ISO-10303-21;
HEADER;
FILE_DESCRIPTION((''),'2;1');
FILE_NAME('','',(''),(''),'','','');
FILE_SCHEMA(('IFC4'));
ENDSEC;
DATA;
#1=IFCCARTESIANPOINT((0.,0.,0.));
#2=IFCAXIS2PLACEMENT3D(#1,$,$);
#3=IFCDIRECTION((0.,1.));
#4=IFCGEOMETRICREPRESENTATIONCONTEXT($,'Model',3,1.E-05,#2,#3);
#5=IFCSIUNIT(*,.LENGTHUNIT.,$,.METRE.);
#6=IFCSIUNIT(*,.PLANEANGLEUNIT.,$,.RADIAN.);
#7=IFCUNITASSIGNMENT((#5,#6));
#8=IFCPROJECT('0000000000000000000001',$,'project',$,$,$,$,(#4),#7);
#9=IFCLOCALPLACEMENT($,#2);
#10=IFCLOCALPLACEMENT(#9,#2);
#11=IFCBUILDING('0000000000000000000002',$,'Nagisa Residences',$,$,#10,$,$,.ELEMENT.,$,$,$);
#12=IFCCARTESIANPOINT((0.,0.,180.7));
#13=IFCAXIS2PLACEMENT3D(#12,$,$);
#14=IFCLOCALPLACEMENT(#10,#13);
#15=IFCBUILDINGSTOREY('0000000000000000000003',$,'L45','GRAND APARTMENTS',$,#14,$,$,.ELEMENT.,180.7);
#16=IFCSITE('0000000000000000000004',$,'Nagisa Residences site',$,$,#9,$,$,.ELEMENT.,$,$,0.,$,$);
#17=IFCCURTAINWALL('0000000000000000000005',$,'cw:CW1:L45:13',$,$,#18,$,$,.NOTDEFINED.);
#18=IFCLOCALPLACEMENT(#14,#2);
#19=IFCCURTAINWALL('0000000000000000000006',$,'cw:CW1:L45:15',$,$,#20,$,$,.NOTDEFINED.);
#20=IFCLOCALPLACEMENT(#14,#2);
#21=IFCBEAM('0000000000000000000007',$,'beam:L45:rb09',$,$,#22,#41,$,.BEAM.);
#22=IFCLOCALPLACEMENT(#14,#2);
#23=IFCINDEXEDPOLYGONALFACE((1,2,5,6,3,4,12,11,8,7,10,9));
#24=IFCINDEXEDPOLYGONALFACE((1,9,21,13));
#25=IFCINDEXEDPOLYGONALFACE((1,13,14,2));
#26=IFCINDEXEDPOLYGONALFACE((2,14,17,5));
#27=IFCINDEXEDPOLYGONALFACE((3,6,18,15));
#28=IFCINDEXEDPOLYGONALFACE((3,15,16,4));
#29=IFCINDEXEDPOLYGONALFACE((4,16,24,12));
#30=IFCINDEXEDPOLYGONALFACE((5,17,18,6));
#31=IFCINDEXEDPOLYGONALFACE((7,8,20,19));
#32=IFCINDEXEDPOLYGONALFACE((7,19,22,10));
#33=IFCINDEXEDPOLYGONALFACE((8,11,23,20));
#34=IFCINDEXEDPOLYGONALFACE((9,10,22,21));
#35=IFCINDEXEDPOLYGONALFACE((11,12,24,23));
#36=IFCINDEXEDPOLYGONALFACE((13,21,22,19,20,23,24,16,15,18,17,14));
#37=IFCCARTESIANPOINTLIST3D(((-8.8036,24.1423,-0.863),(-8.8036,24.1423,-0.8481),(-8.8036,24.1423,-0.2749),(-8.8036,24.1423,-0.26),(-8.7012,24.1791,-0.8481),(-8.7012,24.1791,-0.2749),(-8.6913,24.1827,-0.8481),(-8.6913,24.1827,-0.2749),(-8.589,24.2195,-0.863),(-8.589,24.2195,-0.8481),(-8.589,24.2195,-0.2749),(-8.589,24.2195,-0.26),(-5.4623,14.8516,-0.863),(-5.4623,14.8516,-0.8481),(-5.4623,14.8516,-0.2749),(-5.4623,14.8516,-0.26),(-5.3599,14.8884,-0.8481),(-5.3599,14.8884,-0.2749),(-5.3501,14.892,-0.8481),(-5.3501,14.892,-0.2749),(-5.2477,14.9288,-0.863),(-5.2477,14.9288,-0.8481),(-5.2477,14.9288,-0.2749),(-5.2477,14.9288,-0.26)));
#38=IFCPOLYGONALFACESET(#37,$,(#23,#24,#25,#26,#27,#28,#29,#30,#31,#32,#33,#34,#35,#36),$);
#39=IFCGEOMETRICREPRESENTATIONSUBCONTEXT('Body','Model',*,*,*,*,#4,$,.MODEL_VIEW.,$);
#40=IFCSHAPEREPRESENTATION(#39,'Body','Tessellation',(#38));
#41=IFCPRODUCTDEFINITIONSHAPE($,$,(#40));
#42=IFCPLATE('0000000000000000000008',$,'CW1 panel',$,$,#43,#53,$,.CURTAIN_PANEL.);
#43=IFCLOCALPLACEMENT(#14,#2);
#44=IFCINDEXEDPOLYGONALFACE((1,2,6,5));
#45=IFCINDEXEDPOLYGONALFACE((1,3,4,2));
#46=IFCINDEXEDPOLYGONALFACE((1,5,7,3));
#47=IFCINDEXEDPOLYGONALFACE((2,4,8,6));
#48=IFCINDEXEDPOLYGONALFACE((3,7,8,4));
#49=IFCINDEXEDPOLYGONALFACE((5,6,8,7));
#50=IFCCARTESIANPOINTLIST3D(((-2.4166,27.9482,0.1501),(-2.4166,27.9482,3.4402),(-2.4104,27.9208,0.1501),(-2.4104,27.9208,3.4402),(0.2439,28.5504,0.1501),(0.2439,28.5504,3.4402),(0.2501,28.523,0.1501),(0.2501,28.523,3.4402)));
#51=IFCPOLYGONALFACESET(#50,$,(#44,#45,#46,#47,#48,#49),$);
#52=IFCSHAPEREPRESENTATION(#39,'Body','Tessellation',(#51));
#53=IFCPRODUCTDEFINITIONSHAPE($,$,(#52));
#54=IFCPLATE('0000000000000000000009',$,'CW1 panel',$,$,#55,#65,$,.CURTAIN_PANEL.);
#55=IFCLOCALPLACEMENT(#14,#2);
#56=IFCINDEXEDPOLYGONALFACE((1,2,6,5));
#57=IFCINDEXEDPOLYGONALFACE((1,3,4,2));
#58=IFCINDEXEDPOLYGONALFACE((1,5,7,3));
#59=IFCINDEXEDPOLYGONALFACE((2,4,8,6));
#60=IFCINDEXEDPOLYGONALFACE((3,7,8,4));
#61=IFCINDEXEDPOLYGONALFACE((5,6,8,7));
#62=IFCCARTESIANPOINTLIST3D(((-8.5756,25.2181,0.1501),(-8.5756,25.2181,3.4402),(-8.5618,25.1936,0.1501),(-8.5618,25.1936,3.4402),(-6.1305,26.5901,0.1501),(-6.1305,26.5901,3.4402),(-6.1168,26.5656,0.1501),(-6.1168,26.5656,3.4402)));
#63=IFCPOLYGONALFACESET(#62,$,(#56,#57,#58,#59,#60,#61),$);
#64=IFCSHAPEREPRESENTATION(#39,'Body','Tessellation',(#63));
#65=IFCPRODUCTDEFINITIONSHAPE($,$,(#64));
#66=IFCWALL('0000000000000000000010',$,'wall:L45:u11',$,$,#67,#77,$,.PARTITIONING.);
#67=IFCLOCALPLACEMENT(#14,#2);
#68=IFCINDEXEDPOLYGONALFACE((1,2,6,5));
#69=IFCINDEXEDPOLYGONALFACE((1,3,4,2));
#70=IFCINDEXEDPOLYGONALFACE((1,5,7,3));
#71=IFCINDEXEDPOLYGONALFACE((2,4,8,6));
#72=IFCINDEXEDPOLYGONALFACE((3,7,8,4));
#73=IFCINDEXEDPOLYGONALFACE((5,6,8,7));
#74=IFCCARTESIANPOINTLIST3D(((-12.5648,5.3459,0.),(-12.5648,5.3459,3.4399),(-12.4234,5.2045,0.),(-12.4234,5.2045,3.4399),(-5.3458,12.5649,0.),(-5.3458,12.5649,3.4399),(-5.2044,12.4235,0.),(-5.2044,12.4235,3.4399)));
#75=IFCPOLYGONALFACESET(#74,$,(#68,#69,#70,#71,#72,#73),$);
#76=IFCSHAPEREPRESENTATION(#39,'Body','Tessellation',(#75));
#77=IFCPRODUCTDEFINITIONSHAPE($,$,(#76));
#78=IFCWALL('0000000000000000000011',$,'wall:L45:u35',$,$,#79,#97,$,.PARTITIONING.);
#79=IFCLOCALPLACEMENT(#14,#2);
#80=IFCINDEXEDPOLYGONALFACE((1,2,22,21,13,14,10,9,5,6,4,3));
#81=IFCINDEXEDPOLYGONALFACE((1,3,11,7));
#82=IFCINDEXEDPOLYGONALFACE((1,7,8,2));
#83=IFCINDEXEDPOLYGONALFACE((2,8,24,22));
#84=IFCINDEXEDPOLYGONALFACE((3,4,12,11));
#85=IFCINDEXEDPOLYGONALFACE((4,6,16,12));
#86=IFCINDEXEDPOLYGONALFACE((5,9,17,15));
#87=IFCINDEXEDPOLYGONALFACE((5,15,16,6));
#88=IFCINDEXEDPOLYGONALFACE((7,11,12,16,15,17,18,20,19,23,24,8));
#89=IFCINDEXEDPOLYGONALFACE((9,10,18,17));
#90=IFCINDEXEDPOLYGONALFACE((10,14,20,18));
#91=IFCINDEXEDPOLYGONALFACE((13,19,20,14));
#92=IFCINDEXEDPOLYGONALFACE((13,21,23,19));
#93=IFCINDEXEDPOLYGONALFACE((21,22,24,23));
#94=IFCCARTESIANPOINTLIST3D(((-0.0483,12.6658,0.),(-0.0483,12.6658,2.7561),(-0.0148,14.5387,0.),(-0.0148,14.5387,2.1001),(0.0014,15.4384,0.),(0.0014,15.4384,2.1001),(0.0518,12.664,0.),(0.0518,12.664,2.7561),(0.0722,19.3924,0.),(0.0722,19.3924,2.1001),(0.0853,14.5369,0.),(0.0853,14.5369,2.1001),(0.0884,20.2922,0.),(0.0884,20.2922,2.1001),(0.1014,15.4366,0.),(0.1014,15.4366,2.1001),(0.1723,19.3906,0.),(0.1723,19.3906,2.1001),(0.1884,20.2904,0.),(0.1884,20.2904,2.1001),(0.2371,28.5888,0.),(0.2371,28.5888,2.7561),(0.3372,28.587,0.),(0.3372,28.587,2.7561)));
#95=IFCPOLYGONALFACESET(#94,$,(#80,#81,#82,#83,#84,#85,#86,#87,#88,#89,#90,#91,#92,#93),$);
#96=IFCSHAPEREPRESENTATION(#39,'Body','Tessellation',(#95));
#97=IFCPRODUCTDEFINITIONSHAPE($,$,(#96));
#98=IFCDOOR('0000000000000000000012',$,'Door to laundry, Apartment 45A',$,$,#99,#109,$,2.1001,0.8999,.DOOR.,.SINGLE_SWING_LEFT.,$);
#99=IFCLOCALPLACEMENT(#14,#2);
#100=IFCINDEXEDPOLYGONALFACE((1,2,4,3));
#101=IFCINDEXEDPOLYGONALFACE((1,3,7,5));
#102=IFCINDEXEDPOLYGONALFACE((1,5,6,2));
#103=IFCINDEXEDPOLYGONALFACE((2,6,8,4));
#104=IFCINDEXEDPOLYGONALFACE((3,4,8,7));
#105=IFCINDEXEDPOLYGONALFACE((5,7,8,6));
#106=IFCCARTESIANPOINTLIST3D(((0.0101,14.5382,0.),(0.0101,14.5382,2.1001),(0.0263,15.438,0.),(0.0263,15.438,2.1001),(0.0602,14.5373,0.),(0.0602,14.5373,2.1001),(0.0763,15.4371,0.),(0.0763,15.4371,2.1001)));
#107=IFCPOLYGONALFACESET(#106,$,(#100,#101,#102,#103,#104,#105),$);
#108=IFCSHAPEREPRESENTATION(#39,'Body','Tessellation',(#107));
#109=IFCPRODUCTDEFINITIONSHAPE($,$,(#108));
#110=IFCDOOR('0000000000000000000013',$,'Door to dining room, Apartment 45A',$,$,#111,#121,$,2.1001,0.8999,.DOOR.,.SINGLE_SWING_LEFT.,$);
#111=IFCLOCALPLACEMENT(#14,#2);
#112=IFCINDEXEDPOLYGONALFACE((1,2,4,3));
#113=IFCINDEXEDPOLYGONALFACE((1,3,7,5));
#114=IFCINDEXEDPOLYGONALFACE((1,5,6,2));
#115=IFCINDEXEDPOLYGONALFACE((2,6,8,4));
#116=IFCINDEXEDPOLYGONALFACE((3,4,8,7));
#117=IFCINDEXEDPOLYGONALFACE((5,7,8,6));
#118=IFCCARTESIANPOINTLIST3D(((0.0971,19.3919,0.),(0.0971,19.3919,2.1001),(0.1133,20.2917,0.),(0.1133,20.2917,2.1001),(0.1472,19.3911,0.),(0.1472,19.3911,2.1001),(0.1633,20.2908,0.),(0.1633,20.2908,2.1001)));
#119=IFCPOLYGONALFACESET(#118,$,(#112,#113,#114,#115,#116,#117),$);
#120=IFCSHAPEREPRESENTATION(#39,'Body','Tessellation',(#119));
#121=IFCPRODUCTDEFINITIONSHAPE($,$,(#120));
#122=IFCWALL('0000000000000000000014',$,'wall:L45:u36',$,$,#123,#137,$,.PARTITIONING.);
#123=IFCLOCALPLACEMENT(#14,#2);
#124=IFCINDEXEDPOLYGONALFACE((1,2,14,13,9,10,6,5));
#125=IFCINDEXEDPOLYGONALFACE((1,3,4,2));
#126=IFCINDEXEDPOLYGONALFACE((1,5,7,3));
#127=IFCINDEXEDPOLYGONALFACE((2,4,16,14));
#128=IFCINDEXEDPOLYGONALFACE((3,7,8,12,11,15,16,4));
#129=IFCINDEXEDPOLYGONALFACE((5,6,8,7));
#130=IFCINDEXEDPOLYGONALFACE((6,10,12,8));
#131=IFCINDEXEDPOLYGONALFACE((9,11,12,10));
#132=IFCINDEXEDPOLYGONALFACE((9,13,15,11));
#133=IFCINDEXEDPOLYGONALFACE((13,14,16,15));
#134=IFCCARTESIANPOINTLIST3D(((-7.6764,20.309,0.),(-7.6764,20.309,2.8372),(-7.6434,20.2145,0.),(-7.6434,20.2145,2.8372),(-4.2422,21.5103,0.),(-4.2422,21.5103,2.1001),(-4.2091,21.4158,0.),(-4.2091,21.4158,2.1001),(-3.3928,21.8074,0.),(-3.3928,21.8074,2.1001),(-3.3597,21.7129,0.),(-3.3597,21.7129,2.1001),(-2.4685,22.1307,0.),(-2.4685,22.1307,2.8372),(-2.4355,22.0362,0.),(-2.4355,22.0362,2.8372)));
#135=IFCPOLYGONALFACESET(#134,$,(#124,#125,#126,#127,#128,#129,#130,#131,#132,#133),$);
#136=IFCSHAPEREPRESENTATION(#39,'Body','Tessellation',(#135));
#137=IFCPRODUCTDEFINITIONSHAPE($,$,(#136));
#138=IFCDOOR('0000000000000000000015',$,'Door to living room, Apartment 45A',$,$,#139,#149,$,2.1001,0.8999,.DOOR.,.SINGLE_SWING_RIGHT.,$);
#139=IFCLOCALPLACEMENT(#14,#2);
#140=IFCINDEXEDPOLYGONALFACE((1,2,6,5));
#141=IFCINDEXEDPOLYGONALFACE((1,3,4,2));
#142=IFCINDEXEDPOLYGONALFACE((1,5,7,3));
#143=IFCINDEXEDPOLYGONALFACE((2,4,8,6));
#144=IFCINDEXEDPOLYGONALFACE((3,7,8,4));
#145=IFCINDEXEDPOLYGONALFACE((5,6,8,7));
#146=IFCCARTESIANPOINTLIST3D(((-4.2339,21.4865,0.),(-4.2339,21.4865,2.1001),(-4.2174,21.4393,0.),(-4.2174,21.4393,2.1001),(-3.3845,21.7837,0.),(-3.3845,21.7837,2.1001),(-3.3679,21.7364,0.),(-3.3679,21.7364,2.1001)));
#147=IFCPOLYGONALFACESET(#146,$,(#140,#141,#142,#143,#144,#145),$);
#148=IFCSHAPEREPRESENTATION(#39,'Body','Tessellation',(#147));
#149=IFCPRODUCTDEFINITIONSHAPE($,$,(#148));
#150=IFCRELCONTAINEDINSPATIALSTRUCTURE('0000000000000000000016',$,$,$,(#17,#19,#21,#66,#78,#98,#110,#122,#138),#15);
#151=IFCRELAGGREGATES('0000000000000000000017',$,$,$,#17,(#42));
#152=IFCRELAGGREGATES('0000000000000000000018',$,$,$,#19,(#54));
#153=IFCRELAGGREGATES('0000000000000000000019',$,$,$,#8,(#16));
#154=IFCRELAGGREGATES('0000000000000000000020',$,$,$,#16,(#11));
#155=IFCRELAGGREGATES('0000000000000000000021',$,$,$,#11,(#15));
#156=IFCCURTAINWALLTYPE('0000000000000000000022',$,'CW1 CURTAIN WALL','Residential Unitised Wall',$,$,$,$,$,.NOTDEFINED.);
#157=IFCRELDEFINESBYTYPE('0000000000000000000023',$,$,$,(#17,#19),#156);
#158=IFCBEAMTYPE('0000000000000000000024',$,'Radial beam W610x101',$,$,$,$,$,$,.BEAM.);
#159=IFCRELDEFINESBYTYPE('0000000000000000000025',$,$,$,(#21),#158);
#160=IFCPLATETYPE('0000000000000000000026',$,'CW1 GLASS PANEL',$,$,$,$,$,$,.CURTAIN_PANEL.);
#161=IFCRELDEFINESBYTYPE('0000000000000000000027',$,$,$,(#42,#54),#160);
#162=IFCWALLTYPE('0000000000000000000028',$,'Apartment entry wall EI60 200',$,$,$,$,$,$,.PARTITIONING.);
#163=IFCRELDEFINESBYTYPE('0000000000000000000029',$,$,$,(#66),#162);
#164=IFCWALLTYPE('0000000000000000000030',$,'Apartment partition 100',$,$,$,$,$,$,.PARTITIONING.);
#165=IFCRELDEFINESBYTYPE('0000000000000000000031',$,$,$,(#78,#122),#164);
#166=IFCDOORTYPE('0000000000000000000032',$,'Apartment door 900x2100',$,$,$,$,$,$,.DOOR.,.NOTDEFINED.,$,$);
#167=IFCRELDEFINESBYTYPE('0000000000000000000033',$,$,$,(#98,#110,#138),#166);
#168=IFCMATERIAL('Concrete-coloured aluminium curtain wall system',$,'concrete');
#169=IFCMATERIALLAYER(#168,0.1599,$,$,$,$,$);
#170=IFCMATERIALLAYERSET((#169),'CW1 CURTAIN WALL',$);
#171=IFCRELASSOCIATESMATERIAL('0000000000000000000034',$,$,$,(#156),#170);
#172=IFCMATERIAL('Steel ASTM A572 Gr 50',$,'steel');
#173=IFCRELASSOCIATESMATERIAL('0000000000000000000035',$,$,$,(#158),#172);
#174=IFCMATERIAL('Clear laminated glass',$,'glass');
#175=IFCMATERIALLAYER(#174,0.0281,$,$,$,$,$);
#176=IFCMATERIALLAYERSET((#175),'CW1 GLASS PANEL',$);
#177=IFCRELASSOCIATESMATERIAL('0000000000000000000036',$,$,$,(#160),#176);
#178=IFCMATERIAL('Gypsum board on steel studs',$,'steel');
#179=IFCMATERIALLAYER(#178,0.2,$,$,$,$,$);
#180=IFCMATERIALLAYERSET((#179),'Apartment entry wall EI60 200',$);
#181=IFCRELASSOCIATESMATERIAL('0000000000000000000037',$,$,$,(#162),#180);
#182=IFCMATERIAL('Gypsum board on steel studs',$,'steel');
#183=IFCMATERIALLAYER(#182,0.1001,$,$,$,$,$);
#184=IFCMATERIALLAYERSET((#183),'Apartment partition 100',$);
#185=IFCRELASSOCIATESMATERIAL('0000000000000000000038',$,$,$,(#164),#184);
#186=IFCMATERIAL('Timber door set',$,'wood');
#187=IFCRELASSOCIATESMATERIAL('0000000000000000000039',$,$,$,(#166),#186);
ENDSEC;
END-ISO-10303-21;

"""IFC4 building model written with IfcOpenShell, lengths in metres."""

from ifc_helpers import new_model, si_unit, direction, frame, frame_2d, origin, origin_2d, place, context, subcontext, project, spatial, rectangle, i_section, extrude, material, layer, layer_set, material_profile, profile_set, type_object, element, fill, aggregate, save


model = new_model("IFC4")

# Units and contexts
model_context = context("Model", 3, precision=1e-05, world=origin(), true_north=direction((0.0, 1.0)))
body_context = subcontext(model_context, "Body", "Model", "MODEL_VIEW")
ifc_project = project(units=[si_unit("LENGTHUNIT", "METRE"), si_unit("PLANEANGLEUNIT", "RADIAN")], contexts=[model_context])

# Site, building, storey
site_placement = place(None, origin())
site = spatial("IfcSite", under=ifc_project, at=site_placement, Name="Nagisa Residences site", CompositionType="ELEMENT", RefElevation=0.0)
building_placement = place(site_placement, origin())
building = spatial("IfcBuilding", under=site, at=building_placement, Name="Nagisa Residences", CompositionType="ELEMENT")
storey_placement = place(building_placement, frame((0.0, 0.0, 180.7)))
storey = spatial("IfcBuildingStorey", under=building, at=storey_placement, Name="L45", Description="GRAND APARTMENTS", CompositionType="ELEMENT", Elevation=180.7)

# Curtain wall
ifc_material_1 = material(Name="Concrete-coloured aluminium curtain wall system", Category="concrete")
ifc_layer_1 = layer(ifc_material_1, 0.1599)
ifc_layer_set_1 = layer_set([ifc_layer_1], Name="CW1 CURTAIN WALL")
curtain_wall_type = type_object("IfcCurtainWallType", Name="CW1 CURTAIN WALL", Description="Residential Unitised Wall", PredefinedType="NOTDEFINED", material=ifc_layer_set_1)
curtain_wall_1_placement = place(storey_placement, origin())
curtain_wall_1 = element("IfcCurtainWall", 1, at=curtain_wall_1_placement, inside=storey, type_object=curtain_wall_type, Name="cw:CW1:L45:13", PredefinedType="NOTDEFINED")

# Curtain wall
curtain_wall_2_placement = place(storey_placement, origin())
curtain_wall_2 = element("IfcCurtainWall", 2, at=curtain_wall_2_placement, inside=storey, type_object=curtain_wall_type, Name="cw:CW1:L45:15", PredefinedType="NOTDEFINED")

# Beam
ifc_material_2 = material(Name="Steel ASTM A572 Gr 50", Category="steel")
ifc_material_profile_1 = material_profile(ifc_material_2, i_section(OverallWidth=0.228, OverallDepth=0.603, WebThickness=0.0105, FlangeThickness=0.0149, at=origin_2d()), Name="W610x101")
ifc_profile_set_1 = profile_set([ifc_material_profile_1], Name="Steel ASTM A572 Gr 50")
beam_type_1 = type_object("IfcBeamType", Name="Radial beam W610x101", PredefinedType="BEAM", material=ifc_profile_set_1)
beam_1_placement = place(storey_placement, frame((-8.6963, 24.1809, -0.5615), z_axis=(0.338417, -0.940996, 0.0), x_axis=(0.940996, 0.338417, 0.0)))
element("IfcBeam", 3, at=beam_1_placement, inside=storey, type_object=beam_type_1, Name="beam:L45:rb09", PredefinedType="BEAM", context=body_context, shape_type="SweptSolid", body=[
    extrude(i_section(OverallWidth=0.228, OverallDepth=0.603, WebThickness=0.0105, FlangeThickness=0.0149, at=origin_2d()), origin(), (0.0, 0.0, 1.0), 9.8733),
])

# Plates
ifc_material_3 = material(Name="Clear laminated glass", Category="glass")
ifc_layer_2 = layer(ifc_material_3, 0.0281)
ifc_layer_set_2 = layer_set([ifc_layer_2], Name="CW1 GLASS PANEL")
plate_type = type_object("IfcPlateType", Name="CW1 GLASS PANEL", PredefinedType="CURTAIN_PANEL", material=ifc_layer_set_2)
plate_1_placement = place(storey_placement, frame((-1.0833, 28.2356, 0.1501), z_axis=(0.0, 0.0, 1.0), x_axis=(-0.975327, -0.220764, 0.0)))
plate_1 = element("IfcPlate", 4, at=plate_1_placement, type_object=plate_type, Name="CW1 panel", PredefinedType="CURTAIN_PANEL", context=body_context, shape_type="SweptSolid", body=[
    extrude(rectangle(XDim=2.7278, YDim=0.0281, at=origin_2d()), origin(), (0.0, 0.0, 1.0), 3.29),
])
aggregate(curtain_wall_1, [plate_1])
plate_2_placement = place(storey_placement, frame((-7.3462, 25.8918, 0.1501), z_axis=(0.0, 0.0, 1.0), x_axis=(-0.872072, -0.489377, 0.0)))
plate_2 = element("IfcPlate", 5, at=plate_2_placement, type_object=plate_type, Name="CW1 panel", PredefinedType="CURTAIN_PANEL", context=body_context, shape_type="SweptSolid", body=[
    extrude(rectangle(XDim=2.8037, YDim=0.0281, at=origin_2d()), origin(), (0.0, 0.0, 1.0), 3.29),
])
aggregate(curtain_wall_2, [plate_2])

# Wall
ifc_material_4 = material(Name="Gypsum board on steel studs", Category="steel")
ifc_layer_3 = layer(ifc_material_4, 0.2)
ifc_layer_set_3 = layer_set([ifc_layer_3], Name="Apartment entry wall EI60 200")
wall_type_1 = type_object("IfcWallType", Name="Apartment entry wall EI60 200", PredefinedType="PARTITIONING", material=ifc_layer_set_3)
wall_1_placement = place(storey_placement, frame((-5.2751, 12.4941, 0.0), z_axis=(0.0, 0.0, 1.0), x_axis=(-0.707107, -0.707107, 0.0)))
element("IfcWall", 6, at=wall_1_placement, inside=storey, type_object=wall_type_1, Name="wall:L45:u11", PredefinedType="PARTITIONING", context=body_context, shape_type="SweptSolid", body=[
    extrude(rectangle(XDim=10.2092, YDim=0.2, at=frame_2d((5.1045, 0.0))), origin(), (0.0, 0.0, 1.0), 3.4399),
])

# Wall, openings, doors
ifc_material_5 = material(Name="Gypsum board on steel studs", Category="steel")
ifc_layer_4 = layer(ifc_material_5, 0.1001)
ifc_layer_set_4 = layer_set([ifc_layer_4], Name="Apartment partition 100")
wall_type_2 = type_object("IfcWallType", Name="Apartment partition 100", PredefinedType="PARTITIONING", material=ifc_layer_set_4)
wall_2_placement = place(storey_placement, frame((0.0017, 12.6648, 0.0), z_axis=(0.0, 0.0, 1.0), x_axis=(0.017921, 0.999839, 0.0)))
wall_2 = element("IfcWall", 7, at=wall_2_placement, inside=storey, type_object=wall_type_2, Name="wall:L45:u35", PredefinedType="PARTITIONING", context=body_context, shape_type="SweptSolid", body=[
    extrude(rectangle(XDim=15.9255, YDim=0.1001, at=frame_2d((7.9629, 0.0))), origin(), (0.0, 0.0, 1.0), 2.7561),
])
opening_1_placement = place(wall_2_placement, frame((1.8733, 0.0, 0.0)))
opening_1 = element("IfcOpeningElement", 8, at=opening_1_placement, cuts=wall_2, PredefinedType="OPENING", context=body_context, shape_type="SweptSolid", body=[
    extrude(rectangle(XDim=0.8999, YDim=2.1001, at=frame_2d((0.45, 1.05))), frame((0.0, 0.0601, 0.0), z_axis=(0.0, -1.0, 0.0), x_axis=(1.0, 0.0, 0.0)), (0.0, 0.0, 1.0), 0.1201),
])
opening_2_placement = place(wall_2_placement, frame((6.7278, 0.0, 0.0)))
opening_2 = element("IfcOpeningElement", 9, at=opening_2_placement, cuts=wall_2, PredefinedType="OPENING", context=body_context, shape_type="SweptSolid", body=[
    extrude(rectangle(XDim=0.8999, YDim=2.1001, at=frame_2d((0.45, 1.05))), frame((0.0, 0.0601, 0.0), z_axis=(0.0, -1.0, 0.0), x_axis=(1.0, 0.0, 0.0)), (0.0, 0.0, 1.0), 0.1201),
])
ifc_material_6 = material(Name="Timber door set", Category="wood")
door_type_1 = type_object("IfcDoorType", Name="Apartment door 900x2100", OperationType="NOTDEFINED", PredefinedType="DOOR", material=ifc_material_6)
door_1_placement = place(opening_1_placement, frame((0.8999, 0.0, 0.0), x_axis=(-1.0, 0.0, 0.0)))
door_1 = element("IfcDoor", 10, at=door_1_placement, inside=storey, type_object=door_type_1, Name="Door to laundry, Apartment 45A", OperationType="SINGLE_SWING_LEFT", OverallHeight=2.1001, OverallWidth=0.8999, PredefinedType="DOOR", context=body_context, shape_type="SweptSolid", body=[
    extrude(rectangle(XDim=0.8999, YDim=2.1001, at=frame_2d((0.45, 1.05))), frame((0.0, 0.0249, 0.0), z_axis=(0.0, -1.0, 0.0), x_axis=(1.0, 0.0, 0.0)), (0.0, 0.0, 1.0), 0.05),
])
fill(opening_1, door_1)
door_2_placement = place(opening_2_placement, frame((0.8999, 0.0, 0.0), x_axis=(-1.0, 0.0, 0.0)))
door_2 = element("IfcDoor", 11, at=door_2_placement, inside=storey, type_object=door_type_1, Name="Door to dining room, Apartment 45A", OperationType="SINGLE_SWING_LEFT", OverallHeight=2.1001, OverallWidth=0.8999, PredefinedType="DOOR", context=body_context, shape_type="SweptSolid", body=[
    extrude(rectangle(XDim=0.8999, YDim=2.1001, at=frame_2d((0.45, 1.05))), frame((0.0, 0.0249, 0.0), z_axis=(0.0, -1.0, 0.0), x_axis=(1.0, 0.0, 0.0)), (0.0, 0.0, 1.0), 0.05),
])
fill(opening_2, door_2)

# Wall, opening, door
wall_3_placement = place(storey_placement, frame((-2.4519, 22.0835, 0.0), z_axis=(0.0, 0.0, 1.0), x_axis=(-0.943916, -0.330185, 0.0)))
wall_3 = element("IfcWall", 12, at=wall_3_placement, inside=storey, type_object=wall_type_2, Name="wall:L45:u36", PredefinedType="PARTITIONING", context=body_context, shape_type="SweptSolid", body=[
    extrude(rectangle(XDim=5.5173, YDim=0.1001, at=frame_2d((2.7588, 0.0))), origin(), (0.0, 0.0, 1.0), 2.8372),
])
opening_3_placement = place(wall_3_placement, frame((0.9792, 0.0, 0.0)))
opening_3 = element("IfcOpeningElement", 13, at=opening_3_placement, cuts=wall_3, PredefinedType="OPENING", context=body_context, shape_type="SweptSolid", body=[
    extrude(rectangle(XDim=0.8999, YDim=2.1001, at=frame_2d((0.45, 1.05))), frame((0.0, 0.0601, 0.0), z_axis=(0.0, -1.0, 0.0), x_axis=(1.0, 0.0, 0.0)), (0.0, 0.0, 1.0), 0.1201),
])
door_3_placement = place(opening_3_placement, frame((0.8999, 0.0, 0.0), x_axis=(-1.0, 0.0, 0.0)))
door_3 = element("IfcDoor", 14, at=door_3_placement, inside=storey, type_object=door_type_1, Name="Door to living room, Apartment 45A", OperationType="SINGLE_SWING_RIGHT", OverallHeight=2.1001, OverallWidth=0.8999, PredefinedType="DOOR", context=body_context, shape_type="SweptSolid", body=[
    extrude(rectangle(XDim=0.8999, YDim=2.1001, at=frame_2d((0.45, 1.05))), frame((0.0, 0.0249, 0.0), z_axis=(0.0, -1.0, 0.0), x_axis=(1.0, 0.0, 0.0)), (0.0, 0.0, 1.0), 0.05),
])
fill(opening_3, door_3)

save(model, "model.ifc")
